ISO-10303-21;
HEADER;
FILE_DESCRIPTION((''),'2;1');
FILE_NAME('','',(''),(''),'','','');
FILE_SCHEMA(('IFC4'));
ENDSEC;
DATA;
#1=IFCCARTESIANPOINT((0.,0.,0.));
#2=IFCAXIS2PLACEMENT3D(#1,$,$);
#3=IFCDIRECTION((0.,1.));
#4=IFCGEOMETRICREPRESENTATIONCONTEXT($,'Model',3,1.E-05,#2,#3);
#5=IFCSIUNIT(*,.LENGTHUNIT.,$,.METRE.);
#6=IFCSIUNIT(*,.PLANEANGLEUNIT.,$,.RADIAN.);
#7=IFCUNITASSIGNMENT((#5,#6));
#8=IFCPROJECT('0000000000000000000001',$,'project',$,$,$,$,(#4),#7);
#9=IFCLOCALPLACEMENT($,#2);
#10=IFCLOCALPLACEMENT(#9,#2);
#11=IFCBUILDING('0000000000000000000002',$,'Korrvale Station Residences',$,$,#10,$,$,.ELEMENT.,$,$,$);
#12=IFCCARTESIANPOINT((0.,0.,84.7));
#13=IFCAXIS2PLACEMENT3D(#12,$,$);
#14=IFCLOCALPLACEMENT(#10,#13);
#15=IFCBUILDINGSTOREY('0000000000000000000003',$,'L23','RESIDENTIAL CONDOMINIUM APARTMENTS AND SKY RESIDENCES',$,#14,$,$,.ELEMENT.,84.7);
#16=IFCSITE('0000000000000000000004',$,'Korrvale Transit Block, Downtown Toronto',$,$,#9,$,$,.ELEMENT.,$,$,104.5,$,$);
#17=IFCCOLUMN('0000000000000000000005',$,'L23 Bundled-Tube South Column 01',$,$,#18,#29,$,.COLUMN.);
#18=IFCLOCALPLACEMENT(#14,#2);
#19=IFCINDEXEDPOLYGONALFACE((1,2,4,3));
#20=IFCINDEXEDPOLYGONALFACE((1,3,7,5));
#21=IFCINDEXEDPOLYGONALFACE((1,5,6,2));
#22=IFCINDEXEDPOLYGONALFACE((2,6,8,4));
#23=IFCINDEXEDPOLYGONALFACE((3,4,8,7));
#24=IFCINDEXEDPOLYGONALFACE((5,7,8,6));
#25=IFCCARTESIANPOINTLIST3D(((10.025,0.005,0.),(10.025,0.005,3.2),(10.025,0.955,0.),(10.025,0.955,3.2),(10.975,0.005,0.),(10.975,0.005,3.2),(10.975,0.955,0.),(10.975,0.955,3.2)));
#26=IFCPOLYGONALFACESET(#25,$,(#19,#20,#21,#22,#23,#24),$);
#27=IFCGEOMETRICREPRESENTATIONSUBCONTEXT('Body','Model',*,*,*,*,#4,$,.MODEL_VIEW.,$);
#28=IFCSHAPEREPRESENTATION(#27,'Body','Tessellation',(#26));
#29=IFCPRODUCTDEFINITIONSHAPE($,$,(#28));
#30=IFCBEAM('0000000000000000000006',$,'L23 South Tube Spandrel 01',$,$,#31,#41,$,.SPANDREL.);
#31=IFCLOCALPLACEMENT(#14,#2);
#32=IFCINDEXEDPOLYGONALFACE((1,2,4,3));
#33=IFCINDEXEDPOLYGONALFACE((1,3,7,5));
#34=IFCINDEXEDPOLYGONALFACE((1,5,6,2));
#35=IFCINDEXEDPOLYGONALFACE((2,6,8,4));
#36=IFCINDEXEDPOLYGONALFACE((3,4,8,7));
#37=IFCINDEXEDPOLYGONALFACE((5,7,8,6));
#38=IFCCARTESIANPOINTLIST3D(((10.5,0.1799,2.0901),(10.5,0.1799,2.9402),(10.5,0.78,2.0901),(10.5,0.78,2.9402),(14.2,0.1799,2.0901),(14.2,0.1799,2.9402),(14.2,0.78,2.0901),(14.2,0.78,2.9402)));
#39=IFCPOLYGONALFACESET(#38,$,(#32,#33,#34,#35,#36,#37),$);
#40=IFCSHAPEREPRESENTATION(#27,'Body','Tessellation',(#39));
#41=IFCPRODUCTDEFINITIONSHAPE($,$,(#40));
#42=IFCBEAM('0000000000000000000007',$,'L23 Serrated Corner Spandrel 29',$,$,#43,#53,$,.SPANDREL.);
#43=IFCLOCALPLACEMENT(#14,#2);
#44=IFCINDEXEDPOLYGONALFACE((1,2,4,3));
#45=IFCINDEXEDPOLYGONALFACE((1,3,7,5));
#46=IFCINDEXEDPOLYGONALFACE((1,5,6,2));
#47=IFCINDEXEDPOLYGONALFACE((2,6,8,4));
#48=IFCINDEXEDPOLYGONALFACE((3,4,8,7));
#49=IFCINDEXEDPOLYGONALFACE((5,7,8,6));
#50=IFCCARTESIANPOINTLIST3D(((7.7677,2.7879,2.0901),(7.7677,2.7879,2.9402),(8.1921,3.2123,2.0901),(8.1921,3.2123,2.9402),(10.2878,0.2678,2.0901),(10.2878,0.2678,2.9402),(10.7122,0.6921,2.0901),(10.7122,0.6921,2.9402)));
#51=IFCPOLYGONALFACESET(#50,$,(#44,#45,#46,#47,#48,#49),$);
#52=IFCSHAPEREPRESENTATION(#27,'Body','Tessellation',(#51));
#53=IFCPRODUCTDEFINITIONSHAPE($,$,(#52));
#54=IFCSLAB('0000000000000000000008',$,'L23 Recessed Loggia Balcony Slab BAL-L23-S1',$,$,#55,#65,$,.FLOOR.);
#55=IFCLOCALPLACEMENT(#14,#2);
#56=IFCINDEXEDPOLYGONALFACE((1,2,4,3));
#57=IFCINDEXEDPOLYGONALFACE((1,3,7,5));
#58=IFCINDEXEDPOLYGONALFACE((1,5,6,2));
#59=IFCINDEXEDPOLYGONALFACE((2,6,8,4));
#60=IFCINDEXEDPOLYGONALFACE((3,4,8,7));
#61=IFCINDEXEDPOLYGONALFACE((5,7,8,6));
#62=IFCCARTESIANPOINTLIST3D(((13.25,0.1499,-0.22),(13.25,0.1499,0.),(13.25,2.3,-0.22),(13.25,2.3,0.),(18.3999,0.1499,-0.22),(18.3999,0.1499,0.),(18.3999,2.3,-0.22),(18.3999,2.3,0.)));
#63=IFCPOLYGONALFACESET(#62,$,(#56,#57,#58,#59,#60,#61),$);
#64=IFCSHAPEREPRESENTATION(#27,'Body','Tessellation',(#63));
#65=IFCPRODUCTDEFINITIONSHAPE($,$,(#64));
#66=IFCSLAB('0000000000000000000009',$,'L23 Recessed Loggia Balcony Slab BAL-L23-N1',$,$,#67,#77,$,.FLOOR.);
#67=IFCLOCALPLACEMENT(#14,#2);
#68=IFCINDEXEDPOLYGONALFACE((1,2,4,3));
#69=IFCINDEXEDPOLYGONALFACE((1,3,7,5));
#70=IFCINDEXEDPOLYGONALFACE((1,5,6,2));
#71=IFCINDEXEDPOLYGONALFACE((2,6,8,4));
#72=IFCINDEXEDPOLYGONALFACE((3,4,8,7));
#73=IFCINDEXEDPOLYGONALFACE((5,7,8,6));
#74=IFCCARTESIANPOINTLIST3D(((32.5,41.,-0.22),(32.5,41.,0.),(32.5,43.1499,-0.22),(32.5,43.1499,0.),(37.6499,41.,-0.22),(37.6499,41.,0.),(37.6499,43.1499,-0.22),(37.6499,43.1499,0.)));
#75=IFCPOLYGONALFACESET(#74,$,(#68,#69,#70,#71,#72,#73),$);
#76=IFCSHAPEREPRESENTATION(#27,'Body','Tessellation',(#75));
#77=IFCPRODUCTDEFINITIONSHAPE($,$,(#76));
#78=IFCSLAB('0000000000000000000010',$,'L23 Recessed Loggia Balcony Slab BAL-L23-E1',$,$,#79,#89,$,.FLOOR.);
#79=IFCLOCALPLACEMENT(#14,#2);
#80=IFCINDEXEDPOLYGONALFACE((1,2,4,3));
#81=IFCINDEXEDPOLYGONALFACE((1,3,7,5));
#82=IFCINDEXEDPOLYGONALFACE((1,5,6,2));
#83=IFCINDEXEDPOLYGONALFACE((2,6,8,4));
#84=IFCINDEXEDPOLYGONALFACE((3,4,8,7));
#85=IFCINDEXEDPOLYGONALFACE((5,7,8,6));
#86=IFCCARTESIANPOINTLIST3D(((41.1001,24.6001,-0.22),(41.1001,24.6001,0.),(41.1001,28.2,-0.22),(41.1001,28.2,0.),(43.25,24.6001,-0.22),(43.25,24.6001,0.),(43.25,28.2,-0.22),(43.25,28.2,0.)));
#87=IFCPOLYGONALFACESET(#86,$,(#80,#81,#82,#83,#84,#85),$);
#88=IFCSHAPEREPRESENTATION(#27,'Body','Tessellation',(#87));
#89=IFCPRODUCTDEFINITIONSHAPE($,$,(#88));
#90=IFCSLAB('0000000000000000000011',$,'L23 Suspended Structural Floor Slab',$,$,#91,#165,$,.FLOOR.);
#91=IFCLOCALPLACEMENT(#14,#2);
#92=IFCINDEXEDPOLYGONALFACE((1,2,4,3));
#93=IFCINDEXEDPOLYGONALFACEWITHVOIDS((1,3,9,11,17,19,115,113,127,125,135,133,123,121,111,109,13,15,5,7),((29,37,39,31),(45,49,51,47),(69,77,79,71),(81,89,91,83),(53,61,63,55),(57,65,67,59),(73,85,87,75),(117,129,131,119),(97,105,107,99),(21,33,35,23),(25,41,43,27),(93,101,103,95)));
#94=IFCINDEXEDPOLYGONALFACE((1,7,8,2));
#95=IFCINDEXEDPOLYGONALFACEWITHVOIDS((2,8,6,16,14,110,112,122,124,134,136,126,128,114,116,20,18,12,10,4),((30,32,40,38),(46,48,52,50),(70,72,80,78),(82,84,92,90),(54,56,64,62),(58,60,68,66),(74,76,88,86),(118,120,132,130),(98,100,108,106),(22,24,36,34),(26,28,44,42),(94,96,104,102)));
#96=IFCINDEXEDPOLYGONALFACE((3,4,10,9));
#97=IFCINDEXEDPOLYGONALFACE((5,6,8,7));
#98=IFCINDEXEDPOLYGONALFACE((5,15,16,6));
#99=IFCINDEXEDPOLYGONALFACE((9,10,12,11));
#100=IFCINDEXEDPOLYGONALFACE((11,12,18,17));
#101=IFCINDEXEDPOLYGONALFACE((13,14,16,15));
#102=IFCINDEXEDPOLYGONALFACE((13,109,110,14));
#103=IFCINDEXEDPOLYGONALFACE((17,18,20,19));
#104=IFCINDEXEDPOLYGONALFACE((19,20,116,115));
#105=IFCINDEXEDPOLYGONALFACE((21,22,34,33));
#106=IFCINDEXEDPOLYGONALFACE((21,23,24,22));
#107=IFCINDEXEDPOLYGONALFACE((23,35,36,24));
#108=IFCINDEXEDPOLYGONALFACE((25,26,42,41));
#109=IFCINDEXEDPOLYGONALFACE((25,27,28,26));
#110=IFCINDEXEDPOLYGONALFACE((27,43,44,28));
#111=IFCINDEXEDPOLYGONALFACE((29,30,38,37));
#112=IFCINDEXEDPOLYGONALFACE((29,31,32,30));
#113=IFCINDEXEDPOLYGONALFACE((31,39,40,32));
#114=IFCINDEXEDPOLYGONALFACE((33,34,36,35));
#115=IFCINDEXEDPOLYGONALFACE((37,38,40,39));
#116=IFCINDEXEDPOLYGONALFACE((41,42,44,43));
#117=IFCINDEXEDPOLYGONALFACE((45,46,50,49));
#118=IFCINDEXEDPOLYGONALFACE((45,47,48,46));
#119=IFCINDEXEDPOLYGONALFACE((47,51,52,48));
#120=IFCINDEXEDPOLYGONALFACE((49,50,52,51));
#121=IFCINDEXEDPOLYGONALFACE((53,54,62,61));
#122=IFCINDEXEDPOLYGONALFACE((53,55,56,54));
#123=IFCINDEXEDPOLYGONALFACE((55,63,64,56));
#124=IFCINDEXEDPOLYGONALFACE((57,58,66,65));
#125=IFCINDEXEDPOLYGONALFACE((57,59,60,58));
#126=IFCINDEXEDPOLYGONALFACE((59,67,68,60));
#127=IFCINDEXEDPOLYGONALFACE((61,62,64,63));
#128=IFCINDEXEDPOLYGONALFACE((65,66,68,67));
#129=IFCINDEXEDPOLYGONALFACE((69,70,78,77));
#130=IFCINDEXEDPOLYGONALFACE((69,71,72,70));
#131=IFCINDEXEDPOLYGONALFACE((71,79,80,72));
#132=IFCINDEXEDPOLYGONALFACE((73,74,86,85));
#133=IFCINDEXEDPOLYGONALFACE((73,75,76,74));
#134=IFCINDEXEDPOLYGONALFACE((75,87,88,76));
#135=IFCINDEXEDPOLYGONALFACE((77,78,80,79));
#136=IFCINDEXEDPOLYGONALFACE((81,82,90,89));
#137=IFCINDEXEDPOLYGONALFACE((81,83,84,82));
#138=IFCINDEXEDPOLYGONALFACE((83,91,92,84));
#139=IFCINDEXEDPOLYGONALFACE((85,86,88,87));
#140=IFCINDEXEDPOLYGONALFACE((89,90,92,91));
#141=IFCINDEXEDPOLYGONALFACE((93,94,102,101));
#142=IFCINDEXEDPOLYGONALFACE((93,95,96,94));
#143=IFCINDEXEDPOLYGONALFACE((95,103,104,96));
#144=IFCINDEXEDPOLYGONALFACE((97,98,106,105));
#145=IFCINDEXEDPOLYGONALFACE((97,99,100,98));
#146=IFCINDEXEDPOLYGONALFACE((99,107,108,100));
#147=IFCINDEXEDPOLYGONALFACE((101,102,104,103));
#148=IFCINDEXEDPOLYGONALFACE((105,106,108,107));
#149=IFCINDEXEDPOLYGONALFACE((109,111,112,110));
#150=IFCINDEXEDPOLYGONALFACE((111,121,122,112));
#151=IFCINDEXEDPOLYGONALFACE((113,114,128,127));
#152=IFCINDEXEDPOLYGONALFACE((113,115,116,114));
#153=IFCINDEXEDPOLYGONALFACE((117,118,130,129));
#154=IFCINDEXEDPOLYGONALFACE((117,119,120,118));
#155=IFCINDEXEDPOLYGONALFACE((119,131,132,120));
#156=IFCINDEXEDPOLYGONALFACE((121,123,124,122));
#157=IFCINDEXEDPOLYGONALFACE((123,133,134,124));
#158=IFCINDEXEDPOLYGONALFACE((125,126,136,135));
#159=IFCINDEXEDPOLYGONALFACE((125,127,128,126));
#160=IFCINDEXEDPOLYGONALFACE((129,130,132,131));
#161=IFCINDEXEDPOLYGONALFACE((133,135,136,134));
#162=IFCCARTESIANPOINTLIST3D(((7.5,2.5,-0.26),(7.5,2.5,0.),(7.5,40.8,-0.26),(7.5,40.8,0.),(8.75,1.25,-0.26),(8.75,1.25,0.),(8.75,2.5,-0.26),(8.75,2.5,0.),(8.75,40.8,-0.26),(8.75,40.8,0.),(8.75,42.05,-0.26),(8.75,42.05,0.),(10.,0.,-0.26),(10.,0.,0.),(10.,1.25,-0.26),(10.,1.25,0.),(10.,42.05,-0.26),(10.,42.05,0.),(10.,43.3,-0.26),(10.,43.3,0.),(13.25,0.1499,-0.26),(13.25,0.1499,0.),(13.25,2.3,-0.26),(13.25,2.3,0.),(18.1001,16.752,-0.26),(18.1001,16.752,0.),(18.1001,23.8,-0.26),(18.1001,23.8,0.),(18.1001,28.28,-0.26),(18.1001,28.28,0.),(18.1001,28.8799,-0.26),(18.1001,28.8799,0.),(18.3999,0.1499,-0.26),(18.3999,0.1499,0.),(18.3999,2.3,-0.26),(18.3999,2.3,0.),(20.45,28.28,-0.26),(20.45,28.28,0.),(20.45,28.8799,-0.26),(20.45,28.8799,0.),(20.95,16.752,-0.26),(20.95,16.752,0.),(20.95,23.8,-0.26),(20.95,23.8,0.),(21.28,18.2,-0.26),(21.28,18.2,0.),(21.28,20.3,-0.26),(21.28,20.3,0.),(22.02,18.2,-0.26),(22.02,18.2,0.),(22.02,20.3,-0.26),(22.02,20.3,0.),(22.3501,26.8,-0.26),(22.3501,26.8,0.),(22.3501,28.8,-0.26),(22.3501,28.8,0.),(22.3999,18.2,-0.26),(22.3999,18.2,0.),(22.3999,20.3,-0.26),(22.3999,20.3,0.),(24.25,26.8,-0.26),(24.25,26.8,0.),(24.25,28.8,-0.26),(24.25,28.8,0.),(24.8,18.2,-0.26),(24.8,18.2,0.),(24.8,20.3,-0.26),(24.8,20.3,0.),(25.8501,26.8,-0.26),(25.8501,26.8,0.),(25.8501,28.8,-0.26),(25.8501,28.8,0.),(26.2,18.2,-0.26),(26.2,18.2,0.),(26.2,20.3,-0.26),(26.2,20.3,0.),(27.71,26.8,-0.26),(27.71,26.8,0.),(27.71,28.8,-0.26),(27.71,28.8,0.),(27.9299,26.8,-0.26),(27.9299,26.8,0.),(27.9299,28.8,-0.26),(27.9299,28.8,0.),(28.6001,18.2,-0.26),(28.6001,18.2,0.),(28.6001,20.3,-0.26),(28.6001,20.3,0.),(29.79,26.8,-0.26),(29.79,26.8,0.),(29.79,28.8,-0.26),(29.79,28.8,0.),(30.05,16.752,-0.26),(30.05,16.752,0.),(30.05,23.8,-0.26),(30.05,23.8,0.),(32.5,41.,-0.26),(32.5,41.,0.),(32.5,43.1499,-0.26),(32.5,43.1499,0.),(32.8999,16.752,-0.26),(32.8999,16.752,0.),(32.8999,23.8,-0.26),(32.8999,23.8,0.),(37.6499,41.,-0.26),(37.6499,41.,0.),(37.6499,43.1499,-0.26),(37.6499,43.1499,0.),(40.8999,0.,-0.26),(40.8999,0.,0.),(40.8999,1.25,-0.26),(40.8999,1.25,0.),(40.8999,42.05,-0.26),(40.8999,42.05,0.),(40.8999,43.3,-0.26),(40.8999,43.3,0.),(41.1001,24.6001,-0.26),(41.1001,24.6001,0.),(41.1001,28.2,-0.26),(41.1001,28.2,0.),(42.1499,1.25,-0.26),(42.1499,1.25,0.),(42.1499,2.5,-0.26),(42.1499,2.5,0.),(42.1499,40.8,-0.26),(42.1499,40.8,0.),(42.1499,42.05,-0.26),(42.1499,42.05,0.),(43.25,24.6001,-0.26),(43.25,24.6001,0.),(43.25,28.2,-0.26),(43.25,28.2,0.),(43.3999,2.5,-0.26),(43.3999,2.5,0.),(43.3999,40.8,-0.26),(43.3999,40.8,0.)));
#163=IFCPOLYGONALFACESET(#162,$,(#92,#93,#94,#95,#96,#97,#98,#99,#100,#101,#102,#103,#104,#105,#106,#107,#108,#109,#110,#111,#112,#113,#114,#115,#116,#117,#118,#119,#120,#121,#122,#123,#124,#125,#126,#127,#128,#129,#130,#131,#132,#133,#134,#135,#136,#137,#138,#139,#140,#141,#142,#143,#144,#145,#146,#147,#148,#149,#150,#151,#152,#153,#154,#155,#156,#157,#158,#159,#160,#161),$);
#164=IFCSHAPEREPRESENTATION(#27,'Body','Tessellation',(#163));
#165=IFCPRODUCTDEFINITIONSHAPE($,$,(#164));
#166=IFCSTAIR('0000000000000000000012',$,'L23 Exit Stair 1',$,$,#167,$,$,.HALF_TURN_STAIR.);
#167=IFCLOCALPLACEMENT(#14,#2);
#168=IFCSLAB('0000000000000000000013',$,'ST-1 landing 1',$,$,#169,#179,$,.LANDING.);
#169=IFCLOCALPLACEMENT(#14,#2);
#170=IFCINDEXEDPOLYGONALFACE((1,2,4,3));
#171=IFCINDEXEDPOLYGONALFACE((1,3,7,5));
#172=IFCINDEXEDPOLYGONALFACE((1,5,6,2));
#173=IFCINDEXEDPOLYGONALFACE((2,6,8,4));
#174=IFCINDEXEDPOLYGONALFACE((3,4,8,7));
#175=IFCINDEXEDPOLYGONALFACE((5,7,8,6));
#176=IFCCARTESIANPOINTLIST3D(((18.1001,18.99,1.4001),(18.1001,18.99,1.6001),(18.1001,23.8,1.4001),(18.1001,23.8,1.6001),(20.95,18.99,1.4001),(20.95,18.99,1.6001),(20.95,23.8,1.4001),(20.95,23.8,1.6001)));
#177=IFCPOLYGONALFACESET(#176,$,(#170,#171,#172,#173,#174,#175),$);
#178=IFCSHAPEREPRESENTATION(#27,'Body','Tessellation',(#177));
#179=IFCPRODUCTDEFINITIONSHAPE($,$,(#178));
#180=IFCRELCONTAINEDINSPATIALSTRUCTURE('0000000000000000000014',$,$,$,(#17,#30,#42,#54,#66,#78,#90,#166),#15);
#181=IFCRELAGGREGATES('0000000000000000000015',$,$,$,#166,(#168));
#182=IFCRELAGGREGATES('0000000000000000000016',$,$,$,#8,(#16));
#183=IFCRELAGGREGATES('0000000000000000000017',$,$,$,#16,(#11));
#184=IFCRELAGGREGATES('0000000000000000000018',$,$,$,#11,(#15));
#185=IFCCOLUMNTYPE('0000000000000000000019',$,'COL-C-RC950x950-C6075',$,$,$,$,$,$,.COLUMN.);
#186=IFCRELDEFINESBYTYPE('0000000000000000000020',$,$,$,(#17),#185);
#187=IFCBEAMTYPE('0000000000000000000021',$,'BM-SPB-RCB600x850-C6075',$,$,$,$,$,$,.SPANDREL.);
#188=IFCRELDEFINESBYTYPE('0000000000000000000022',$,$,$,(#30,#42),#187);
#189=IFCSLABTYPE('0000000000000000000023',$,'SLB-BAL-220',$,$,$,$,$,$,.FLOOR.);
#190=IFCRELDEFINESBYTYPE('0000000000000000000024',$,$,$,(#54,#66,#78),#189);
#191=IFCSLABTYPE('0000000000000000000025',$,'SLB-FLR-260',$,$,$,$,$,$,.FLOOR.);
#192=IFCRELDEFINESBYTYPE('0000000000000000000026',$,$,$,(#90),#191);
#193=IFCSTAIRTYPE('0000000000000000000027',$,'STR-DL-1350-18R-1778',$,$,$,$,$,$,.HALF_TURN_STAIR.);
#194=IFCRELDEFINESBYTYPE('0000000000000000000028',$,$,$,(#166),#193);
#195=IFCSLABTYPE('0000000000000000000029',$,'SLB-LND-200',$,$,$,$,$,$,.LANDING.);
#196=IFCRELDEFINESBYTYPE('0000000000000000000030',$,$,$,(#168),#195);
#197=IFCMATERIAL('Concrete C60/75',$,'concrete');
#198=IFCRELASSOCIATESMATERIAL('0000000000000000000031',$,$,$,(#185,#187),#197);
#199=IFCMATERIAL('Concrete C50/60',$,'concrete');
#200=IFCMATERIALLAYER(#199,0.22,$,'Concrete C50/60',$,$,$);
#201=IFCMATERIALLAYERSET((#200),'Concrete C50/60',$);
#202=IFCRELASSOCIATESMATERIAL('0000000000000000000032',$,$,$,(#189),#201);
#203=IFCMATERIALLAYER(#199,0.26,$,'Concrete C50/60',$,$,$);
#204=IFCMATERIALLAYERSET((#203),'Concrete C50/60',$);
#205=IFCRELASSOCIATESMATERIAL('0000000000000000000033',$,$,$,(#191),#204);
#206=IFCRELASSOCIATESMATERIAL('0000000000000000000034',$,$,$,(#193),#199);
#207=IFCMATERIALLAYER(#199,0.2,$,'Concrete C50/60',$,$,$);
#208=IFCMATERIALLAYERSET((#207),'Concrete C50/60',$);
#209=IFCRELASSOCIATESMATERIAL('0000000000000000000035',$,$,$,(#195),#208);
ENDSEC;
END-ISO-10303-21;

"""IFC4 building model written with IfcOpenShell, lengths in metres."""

from ifc_helpers import new_model, si_unit, direction, frame, origin, origin_2d, place, context, subcontext, project, spatial, polyline, rectangle, outline, extrude, material, layer, layer_set, material_profile, profile_set, type_object, element, aggregate, save


model = new_model("IFC4")

# Units and contexts
model_context = context("Model", 3, precision=1e-05, world=origin(), true_north=direction((0.0, 1.0)))
body_context = subcontext(model_context, "Body", "Model", "MODEL_VIEW")
ifc_project = project(units=[si_unit("LENGTHUNIT", "METRE"), si_unit("PLANEANGLEUNIT", "RADIAN")], contexts=[model_context])

# Site, building, storey
site_placement = place(None, origin())
site = spatial("IfcSite", under=ifc_project, at=site_placement, Name="Korrvale Transit Block, Downtown Toronto", CompositionType="ELEMENT", RefElevation=104.5)
building_placement = place(site_placement, origin())
building = spatial("IfcBuilding", under=site, at=building_placement, Name="Korrvale Station Residences", CompositionType="ELEMENT")
storey_placement = place(building_placement, frame((0.0, 0.0, 84.7)))
storey = spatial("IfcBuildingStorey", under=building, at=storey_placement, Name="L23", Description="RESIDENTIAL CONDOMINIUM APARTMENTS AND SKY RESIDENCES", CompositionType="ELEMENT", Elevation=84.7)

# Column
ifc_material_1 = material(Name="Concrete C60/75", Category="concrete")
ifc_material_profile_1 = material_profile(ifc_material_1, rectangle(XDim=0.95, YDim=0.95, at=origin_2d()), Name="RC950x950")
ifc_profile_set_1 = profile_set([ifc_material_profile_1], Name="Concrete C60/75")
column_type = type_object("IfcColumnType", Name="COL-C-RC950x950-C6075", PredefinedType="COLUMN", material=ifc_profile_set_1)
column_placement = place(storey_placement, frame((10.5, 0.48, 0.0), z_axis=(0.0, 0.0, 1.0), x_axis=(1.0, 0.0, 0.0)))
element("IfcColumn", 1, at=column_placement, inside=storey, type_object=column_type, Name="L23 Bundled-Tube South Column 01", PredefinedType="COLUMN", context=body_context, shape_type="SweptSolid", body=[
    extrude(rectangle(XDim=0.95, YDim=0.95, at=origin_2d()), origin(), (0.0, 0.0, 1.0), 3.2),
])

# Beams
ifc_material_profile_2 = material_profile(ifc_material_1, rectangle(XDim=0.6001, YDim=0.8501, at=origin_2d()), Name="RCB600x850")
ifc_profile_set_2 = profile_set([ifc_material_profile_2], Name="Concrete C60/75")
beam_type = type_object("IfcBeamType", Name="BM-SPB-RCB600x850-C6075", PredefinedType="SPANDREL", material=ifc_profile_set_2)
beam_1_placement = place(storey_placement, frame((10.5, 0.48, 2.5151), z_axis=(1.0, 0.0, 0.0), x_axis=(0.0, 1.0, 0.0)))
element("IfcBeam", 2, at=beam_1_placement, inside=storey, type_object=beam_type, Name="L23 South Tube Spandrel 01", PredefinedType="SPANDREL", context=body_context, shape_type="SweptSolid", body=[
    extrude(rectangle(XDim=0.6001, YDim=0.8501, at=origin_2d()), origin(), (0.0, 0.0, 1.0), 3.7),
])
beam_2_placement = place(storey_placement, frame((10.5, 0.48, 2.5151), z_axis=(-0.707107, 0.707107, 0.0), x_axis=(-0.707107, -0.707107, 0.0)))
element("IfcBeam", 3, at=beam_2_placement, inside=storey, type_object=beam_type, Name="L23 Serrated Corner Spandrel 29", PredefinedType="SPANDREL", context=body_context, shape_type="SweptSolid", body=[
    extrude(rectangle(XDim=0.6001, YDim=0.8501, at=origin_2d()), origin(), (0.0, 0.0, 1.0), 3.564),
])

# Slabs
ifc_material_2 = material(Name="Concrete C50/60", Category="concrete")
ifc_layer_1 = layer(ifc_material_2, 0.22, Name="Concrete C50/60")
ifc_layer_set_1 = layer_set([ifc_layer_1], Name="Concrete C50/60")
slab_type_1 = type_object("IfcSlabType", Name="SLB-BAL-220", PredefinedType="FLOOR", material=ifc_layer_set_1)
slab_1_placement = place(storey_placement, frame((0.0, 0.0, -0.22)))
element("IfcSlab", 4, at=slab_1_placement, inside=storey, type_object=slab_type_1, Name="L23 Recessed Loggia Balcony Slab BAL-L23-S1", PredefinedType="FLOOR", context=body_context, shape_type="SweptSolid", body=[
    extrude(outline(polyline([(13.25, 0.1499), (18.3999, 0.1499), (18.3999, 2.3), (13.25, 2.3), (13.25, 0.1499)])), origin(), (0.0, 0.0, 1.0), 0.22),
])
slab_2_placement = place(storey_placement, frame((0.0, 0.0, -0.22)))
element("IfcSlab", 5, at=slab_2_placement, inside=storey, type_object=slab_type_1, Name="L23 Recessed Loggia Balcony Slab BAL-L23-N1", PredefinedType="FLOOR", context=body_context, shape_type="SweptSolid", body=[
    extrude(outline(polyline([(32.5, 41.0), (37.6499, 41.0), (37.6499, 43.1499), (32.5, 43.1499), (32.5, 41.0)])), origin(), (0.0, 0.0, 1.0), 0.22),
])
slab_3_placement = place(storey_placement, frame((0.0, 0.0, -0.22)))
element("IfcSlab", 6, at=slab_3_placement, inside=storey, type_object=slab_type_1, Name="L23 Recessed Loggia Balcony Slab BAL-L23-E1", PredefinedType="FLOOR", context=body_context, shape_type="SweptSolid", body=[
    extrude(outline(polyline([(41.1001, 24.6001), (43.25, 24.6001), (43.25, 28.2), (41.1001, 28.2), (41.1001, 24.6001)])), origin(), (0.0, 0.0, 1.0), 0.22),
])
ifc_layer_2 = layer(ifc_material_2, 0.26, Name="Concrete C50/60")
ifc_layer_set_2 = layer_set([ifc_layer_2], Name="Concrete C50/60")
slab_type_2 = type_object("IfcSlabType", Name="SLB-FLR-260", PredefinedType="FLOOR", material=ifc_layer_set_2)
slab_4_placement = place(storey_placement, frame((0.0, 0.0, -0.26)))
element("IfcSlab", 7, at=slab_4_placement, inside=storey, type_object=slab_type_2, Name="L23 Suspended Structural Floor Slab", PredefinedType="FLOOR", context=body_context, shape_type="SweptSolid", body=[
    extrude(outline(polyline([(10.0, 0.0), (40.8999, 0.0), (40.8999, 1.25), (42.1499, 1.25), (42.1499, 2.5), (43.3999, 2.5), (43.3999, 40.8), (42.1499, 40.8), (42.1499, 42.05), (40.8999, 42.05), (40.8999, 43.3), (10.0, 43.3), (10.0, 42.05), (8.75, 42.05), (8.75, 40.8), (7.5, 40.8), (7.5, 2.5), (8.75, 2.5), (8.75, 1.25), (10.0, 1.25), (10.0, 0.0)]), holes=[polyline([(20.95, 16.752), (20.95, 23.8), (18.1001, 23.8), (18.1001, 16.752), (20.95, 16.752)]), polyline([(32.8999, 16.752), (32.8999, 23.8), (30.05, 23.8), (30.05, 16.752), (32.8999, 16.752)]), polyline([(22.3501, 26.8), (24.25, 26.8), (24.25, 28.8), (22.3501, 28.8), (22.3501, 26.8)]), polyline([(25.8501, 26.8), (27.71, 26.8), (27.71, 28.8), (25.8501, 28.8), (25.8501, 26.8)]), polyline([(27.9299, 26.8), (29.79, 26.8), (29.79, 28.8), (27.9299, 28.8), (27.9299, 26.8)]), polyline([(22.3999, 18.2), (24.8, 18.2), (24.8, 20.3), (22.3999, 20.3), (22.3999, 18.2)]), polyline([(26.2, 18.2), (28.6001, 18.2), (28.6001, 20.3), (26.2, 20.3), (26.2, 18.2)]), polyline([(18.1001, 28.28), (20.45, 28.28), (20.45, 28.8799), (18.1001, 28.8799), (18.1001, 28.28)]), polyline([(21.28, 18.2), (22.02, 18.2), (22.02, 20.3), (21.28, 20.3), (21.28, 18.2)]), polyline([(13.25, 0.1499), (18.3999, 0.1499), (18.3999, 2.3), (13.25, 2.3), (13.25, 0.1499)]), polyline([(32.5, 41.0), (37.6499, 41.0), (37.6499, 43.1499), (32.5, 43.1499), (32.5, 41.0)]), polyline([(41.1001, 24.6001), (43.25, 24.6001), (43.25, 28.2), (41.1001, 28.2), (41.1001, 24.6001)])]), origin(), (0.0, 0.0, 1.0), 0.26),
])

# Stair, slab
stair_type = type_object("IfcStairType", Name="STR-DL-1350-18R-1778", PredefinedType="HALF_TURN_STAIR", material=ifc_material_2)
stair_1_placement = place(storey_placement, origin())
stair_1 = element("IfcStair", 8, at=stair_1_placement, inside=storey, type_object=stair_type, Name="L23 Exit Stair 1", PredefinedType="HALF_TURN_STAIR")
ifc_layer_3 = layer(ifc_material_2, 0.2, Name="Concrete C50/60")
ifc_layer_set_3 = layer_set([ifc_layer_3], Name="Concrete C50/60")
slab_type_3 = type_object("IfcSlabType", Name="SLB-LND-200", PredefinedType="LANDING", material=ifc_layer_set_3)
slab_5_placement = place(storey_placement, frame((0.0, 0.0, 1.4001)))
slab_5 = element("IfcSlab", 9, at=slab_5_placement, type_object=slab_type_3, Name="ST-1 landing 1", PredefinedType="LANDING", context=body_context, shape_type="SweptSolid", body=[
    extrude(outline(polyline([(20.95, 18.99), (20.95, 23.8), (18.1001, 23.8), (18.1001, 18.99), (20.95, 18.99)])), origin(), (0.0, 0.0, 1.0), 0.2),
])
aggregate(stair_1, [slab_5])

save(model, "model.ifc")
